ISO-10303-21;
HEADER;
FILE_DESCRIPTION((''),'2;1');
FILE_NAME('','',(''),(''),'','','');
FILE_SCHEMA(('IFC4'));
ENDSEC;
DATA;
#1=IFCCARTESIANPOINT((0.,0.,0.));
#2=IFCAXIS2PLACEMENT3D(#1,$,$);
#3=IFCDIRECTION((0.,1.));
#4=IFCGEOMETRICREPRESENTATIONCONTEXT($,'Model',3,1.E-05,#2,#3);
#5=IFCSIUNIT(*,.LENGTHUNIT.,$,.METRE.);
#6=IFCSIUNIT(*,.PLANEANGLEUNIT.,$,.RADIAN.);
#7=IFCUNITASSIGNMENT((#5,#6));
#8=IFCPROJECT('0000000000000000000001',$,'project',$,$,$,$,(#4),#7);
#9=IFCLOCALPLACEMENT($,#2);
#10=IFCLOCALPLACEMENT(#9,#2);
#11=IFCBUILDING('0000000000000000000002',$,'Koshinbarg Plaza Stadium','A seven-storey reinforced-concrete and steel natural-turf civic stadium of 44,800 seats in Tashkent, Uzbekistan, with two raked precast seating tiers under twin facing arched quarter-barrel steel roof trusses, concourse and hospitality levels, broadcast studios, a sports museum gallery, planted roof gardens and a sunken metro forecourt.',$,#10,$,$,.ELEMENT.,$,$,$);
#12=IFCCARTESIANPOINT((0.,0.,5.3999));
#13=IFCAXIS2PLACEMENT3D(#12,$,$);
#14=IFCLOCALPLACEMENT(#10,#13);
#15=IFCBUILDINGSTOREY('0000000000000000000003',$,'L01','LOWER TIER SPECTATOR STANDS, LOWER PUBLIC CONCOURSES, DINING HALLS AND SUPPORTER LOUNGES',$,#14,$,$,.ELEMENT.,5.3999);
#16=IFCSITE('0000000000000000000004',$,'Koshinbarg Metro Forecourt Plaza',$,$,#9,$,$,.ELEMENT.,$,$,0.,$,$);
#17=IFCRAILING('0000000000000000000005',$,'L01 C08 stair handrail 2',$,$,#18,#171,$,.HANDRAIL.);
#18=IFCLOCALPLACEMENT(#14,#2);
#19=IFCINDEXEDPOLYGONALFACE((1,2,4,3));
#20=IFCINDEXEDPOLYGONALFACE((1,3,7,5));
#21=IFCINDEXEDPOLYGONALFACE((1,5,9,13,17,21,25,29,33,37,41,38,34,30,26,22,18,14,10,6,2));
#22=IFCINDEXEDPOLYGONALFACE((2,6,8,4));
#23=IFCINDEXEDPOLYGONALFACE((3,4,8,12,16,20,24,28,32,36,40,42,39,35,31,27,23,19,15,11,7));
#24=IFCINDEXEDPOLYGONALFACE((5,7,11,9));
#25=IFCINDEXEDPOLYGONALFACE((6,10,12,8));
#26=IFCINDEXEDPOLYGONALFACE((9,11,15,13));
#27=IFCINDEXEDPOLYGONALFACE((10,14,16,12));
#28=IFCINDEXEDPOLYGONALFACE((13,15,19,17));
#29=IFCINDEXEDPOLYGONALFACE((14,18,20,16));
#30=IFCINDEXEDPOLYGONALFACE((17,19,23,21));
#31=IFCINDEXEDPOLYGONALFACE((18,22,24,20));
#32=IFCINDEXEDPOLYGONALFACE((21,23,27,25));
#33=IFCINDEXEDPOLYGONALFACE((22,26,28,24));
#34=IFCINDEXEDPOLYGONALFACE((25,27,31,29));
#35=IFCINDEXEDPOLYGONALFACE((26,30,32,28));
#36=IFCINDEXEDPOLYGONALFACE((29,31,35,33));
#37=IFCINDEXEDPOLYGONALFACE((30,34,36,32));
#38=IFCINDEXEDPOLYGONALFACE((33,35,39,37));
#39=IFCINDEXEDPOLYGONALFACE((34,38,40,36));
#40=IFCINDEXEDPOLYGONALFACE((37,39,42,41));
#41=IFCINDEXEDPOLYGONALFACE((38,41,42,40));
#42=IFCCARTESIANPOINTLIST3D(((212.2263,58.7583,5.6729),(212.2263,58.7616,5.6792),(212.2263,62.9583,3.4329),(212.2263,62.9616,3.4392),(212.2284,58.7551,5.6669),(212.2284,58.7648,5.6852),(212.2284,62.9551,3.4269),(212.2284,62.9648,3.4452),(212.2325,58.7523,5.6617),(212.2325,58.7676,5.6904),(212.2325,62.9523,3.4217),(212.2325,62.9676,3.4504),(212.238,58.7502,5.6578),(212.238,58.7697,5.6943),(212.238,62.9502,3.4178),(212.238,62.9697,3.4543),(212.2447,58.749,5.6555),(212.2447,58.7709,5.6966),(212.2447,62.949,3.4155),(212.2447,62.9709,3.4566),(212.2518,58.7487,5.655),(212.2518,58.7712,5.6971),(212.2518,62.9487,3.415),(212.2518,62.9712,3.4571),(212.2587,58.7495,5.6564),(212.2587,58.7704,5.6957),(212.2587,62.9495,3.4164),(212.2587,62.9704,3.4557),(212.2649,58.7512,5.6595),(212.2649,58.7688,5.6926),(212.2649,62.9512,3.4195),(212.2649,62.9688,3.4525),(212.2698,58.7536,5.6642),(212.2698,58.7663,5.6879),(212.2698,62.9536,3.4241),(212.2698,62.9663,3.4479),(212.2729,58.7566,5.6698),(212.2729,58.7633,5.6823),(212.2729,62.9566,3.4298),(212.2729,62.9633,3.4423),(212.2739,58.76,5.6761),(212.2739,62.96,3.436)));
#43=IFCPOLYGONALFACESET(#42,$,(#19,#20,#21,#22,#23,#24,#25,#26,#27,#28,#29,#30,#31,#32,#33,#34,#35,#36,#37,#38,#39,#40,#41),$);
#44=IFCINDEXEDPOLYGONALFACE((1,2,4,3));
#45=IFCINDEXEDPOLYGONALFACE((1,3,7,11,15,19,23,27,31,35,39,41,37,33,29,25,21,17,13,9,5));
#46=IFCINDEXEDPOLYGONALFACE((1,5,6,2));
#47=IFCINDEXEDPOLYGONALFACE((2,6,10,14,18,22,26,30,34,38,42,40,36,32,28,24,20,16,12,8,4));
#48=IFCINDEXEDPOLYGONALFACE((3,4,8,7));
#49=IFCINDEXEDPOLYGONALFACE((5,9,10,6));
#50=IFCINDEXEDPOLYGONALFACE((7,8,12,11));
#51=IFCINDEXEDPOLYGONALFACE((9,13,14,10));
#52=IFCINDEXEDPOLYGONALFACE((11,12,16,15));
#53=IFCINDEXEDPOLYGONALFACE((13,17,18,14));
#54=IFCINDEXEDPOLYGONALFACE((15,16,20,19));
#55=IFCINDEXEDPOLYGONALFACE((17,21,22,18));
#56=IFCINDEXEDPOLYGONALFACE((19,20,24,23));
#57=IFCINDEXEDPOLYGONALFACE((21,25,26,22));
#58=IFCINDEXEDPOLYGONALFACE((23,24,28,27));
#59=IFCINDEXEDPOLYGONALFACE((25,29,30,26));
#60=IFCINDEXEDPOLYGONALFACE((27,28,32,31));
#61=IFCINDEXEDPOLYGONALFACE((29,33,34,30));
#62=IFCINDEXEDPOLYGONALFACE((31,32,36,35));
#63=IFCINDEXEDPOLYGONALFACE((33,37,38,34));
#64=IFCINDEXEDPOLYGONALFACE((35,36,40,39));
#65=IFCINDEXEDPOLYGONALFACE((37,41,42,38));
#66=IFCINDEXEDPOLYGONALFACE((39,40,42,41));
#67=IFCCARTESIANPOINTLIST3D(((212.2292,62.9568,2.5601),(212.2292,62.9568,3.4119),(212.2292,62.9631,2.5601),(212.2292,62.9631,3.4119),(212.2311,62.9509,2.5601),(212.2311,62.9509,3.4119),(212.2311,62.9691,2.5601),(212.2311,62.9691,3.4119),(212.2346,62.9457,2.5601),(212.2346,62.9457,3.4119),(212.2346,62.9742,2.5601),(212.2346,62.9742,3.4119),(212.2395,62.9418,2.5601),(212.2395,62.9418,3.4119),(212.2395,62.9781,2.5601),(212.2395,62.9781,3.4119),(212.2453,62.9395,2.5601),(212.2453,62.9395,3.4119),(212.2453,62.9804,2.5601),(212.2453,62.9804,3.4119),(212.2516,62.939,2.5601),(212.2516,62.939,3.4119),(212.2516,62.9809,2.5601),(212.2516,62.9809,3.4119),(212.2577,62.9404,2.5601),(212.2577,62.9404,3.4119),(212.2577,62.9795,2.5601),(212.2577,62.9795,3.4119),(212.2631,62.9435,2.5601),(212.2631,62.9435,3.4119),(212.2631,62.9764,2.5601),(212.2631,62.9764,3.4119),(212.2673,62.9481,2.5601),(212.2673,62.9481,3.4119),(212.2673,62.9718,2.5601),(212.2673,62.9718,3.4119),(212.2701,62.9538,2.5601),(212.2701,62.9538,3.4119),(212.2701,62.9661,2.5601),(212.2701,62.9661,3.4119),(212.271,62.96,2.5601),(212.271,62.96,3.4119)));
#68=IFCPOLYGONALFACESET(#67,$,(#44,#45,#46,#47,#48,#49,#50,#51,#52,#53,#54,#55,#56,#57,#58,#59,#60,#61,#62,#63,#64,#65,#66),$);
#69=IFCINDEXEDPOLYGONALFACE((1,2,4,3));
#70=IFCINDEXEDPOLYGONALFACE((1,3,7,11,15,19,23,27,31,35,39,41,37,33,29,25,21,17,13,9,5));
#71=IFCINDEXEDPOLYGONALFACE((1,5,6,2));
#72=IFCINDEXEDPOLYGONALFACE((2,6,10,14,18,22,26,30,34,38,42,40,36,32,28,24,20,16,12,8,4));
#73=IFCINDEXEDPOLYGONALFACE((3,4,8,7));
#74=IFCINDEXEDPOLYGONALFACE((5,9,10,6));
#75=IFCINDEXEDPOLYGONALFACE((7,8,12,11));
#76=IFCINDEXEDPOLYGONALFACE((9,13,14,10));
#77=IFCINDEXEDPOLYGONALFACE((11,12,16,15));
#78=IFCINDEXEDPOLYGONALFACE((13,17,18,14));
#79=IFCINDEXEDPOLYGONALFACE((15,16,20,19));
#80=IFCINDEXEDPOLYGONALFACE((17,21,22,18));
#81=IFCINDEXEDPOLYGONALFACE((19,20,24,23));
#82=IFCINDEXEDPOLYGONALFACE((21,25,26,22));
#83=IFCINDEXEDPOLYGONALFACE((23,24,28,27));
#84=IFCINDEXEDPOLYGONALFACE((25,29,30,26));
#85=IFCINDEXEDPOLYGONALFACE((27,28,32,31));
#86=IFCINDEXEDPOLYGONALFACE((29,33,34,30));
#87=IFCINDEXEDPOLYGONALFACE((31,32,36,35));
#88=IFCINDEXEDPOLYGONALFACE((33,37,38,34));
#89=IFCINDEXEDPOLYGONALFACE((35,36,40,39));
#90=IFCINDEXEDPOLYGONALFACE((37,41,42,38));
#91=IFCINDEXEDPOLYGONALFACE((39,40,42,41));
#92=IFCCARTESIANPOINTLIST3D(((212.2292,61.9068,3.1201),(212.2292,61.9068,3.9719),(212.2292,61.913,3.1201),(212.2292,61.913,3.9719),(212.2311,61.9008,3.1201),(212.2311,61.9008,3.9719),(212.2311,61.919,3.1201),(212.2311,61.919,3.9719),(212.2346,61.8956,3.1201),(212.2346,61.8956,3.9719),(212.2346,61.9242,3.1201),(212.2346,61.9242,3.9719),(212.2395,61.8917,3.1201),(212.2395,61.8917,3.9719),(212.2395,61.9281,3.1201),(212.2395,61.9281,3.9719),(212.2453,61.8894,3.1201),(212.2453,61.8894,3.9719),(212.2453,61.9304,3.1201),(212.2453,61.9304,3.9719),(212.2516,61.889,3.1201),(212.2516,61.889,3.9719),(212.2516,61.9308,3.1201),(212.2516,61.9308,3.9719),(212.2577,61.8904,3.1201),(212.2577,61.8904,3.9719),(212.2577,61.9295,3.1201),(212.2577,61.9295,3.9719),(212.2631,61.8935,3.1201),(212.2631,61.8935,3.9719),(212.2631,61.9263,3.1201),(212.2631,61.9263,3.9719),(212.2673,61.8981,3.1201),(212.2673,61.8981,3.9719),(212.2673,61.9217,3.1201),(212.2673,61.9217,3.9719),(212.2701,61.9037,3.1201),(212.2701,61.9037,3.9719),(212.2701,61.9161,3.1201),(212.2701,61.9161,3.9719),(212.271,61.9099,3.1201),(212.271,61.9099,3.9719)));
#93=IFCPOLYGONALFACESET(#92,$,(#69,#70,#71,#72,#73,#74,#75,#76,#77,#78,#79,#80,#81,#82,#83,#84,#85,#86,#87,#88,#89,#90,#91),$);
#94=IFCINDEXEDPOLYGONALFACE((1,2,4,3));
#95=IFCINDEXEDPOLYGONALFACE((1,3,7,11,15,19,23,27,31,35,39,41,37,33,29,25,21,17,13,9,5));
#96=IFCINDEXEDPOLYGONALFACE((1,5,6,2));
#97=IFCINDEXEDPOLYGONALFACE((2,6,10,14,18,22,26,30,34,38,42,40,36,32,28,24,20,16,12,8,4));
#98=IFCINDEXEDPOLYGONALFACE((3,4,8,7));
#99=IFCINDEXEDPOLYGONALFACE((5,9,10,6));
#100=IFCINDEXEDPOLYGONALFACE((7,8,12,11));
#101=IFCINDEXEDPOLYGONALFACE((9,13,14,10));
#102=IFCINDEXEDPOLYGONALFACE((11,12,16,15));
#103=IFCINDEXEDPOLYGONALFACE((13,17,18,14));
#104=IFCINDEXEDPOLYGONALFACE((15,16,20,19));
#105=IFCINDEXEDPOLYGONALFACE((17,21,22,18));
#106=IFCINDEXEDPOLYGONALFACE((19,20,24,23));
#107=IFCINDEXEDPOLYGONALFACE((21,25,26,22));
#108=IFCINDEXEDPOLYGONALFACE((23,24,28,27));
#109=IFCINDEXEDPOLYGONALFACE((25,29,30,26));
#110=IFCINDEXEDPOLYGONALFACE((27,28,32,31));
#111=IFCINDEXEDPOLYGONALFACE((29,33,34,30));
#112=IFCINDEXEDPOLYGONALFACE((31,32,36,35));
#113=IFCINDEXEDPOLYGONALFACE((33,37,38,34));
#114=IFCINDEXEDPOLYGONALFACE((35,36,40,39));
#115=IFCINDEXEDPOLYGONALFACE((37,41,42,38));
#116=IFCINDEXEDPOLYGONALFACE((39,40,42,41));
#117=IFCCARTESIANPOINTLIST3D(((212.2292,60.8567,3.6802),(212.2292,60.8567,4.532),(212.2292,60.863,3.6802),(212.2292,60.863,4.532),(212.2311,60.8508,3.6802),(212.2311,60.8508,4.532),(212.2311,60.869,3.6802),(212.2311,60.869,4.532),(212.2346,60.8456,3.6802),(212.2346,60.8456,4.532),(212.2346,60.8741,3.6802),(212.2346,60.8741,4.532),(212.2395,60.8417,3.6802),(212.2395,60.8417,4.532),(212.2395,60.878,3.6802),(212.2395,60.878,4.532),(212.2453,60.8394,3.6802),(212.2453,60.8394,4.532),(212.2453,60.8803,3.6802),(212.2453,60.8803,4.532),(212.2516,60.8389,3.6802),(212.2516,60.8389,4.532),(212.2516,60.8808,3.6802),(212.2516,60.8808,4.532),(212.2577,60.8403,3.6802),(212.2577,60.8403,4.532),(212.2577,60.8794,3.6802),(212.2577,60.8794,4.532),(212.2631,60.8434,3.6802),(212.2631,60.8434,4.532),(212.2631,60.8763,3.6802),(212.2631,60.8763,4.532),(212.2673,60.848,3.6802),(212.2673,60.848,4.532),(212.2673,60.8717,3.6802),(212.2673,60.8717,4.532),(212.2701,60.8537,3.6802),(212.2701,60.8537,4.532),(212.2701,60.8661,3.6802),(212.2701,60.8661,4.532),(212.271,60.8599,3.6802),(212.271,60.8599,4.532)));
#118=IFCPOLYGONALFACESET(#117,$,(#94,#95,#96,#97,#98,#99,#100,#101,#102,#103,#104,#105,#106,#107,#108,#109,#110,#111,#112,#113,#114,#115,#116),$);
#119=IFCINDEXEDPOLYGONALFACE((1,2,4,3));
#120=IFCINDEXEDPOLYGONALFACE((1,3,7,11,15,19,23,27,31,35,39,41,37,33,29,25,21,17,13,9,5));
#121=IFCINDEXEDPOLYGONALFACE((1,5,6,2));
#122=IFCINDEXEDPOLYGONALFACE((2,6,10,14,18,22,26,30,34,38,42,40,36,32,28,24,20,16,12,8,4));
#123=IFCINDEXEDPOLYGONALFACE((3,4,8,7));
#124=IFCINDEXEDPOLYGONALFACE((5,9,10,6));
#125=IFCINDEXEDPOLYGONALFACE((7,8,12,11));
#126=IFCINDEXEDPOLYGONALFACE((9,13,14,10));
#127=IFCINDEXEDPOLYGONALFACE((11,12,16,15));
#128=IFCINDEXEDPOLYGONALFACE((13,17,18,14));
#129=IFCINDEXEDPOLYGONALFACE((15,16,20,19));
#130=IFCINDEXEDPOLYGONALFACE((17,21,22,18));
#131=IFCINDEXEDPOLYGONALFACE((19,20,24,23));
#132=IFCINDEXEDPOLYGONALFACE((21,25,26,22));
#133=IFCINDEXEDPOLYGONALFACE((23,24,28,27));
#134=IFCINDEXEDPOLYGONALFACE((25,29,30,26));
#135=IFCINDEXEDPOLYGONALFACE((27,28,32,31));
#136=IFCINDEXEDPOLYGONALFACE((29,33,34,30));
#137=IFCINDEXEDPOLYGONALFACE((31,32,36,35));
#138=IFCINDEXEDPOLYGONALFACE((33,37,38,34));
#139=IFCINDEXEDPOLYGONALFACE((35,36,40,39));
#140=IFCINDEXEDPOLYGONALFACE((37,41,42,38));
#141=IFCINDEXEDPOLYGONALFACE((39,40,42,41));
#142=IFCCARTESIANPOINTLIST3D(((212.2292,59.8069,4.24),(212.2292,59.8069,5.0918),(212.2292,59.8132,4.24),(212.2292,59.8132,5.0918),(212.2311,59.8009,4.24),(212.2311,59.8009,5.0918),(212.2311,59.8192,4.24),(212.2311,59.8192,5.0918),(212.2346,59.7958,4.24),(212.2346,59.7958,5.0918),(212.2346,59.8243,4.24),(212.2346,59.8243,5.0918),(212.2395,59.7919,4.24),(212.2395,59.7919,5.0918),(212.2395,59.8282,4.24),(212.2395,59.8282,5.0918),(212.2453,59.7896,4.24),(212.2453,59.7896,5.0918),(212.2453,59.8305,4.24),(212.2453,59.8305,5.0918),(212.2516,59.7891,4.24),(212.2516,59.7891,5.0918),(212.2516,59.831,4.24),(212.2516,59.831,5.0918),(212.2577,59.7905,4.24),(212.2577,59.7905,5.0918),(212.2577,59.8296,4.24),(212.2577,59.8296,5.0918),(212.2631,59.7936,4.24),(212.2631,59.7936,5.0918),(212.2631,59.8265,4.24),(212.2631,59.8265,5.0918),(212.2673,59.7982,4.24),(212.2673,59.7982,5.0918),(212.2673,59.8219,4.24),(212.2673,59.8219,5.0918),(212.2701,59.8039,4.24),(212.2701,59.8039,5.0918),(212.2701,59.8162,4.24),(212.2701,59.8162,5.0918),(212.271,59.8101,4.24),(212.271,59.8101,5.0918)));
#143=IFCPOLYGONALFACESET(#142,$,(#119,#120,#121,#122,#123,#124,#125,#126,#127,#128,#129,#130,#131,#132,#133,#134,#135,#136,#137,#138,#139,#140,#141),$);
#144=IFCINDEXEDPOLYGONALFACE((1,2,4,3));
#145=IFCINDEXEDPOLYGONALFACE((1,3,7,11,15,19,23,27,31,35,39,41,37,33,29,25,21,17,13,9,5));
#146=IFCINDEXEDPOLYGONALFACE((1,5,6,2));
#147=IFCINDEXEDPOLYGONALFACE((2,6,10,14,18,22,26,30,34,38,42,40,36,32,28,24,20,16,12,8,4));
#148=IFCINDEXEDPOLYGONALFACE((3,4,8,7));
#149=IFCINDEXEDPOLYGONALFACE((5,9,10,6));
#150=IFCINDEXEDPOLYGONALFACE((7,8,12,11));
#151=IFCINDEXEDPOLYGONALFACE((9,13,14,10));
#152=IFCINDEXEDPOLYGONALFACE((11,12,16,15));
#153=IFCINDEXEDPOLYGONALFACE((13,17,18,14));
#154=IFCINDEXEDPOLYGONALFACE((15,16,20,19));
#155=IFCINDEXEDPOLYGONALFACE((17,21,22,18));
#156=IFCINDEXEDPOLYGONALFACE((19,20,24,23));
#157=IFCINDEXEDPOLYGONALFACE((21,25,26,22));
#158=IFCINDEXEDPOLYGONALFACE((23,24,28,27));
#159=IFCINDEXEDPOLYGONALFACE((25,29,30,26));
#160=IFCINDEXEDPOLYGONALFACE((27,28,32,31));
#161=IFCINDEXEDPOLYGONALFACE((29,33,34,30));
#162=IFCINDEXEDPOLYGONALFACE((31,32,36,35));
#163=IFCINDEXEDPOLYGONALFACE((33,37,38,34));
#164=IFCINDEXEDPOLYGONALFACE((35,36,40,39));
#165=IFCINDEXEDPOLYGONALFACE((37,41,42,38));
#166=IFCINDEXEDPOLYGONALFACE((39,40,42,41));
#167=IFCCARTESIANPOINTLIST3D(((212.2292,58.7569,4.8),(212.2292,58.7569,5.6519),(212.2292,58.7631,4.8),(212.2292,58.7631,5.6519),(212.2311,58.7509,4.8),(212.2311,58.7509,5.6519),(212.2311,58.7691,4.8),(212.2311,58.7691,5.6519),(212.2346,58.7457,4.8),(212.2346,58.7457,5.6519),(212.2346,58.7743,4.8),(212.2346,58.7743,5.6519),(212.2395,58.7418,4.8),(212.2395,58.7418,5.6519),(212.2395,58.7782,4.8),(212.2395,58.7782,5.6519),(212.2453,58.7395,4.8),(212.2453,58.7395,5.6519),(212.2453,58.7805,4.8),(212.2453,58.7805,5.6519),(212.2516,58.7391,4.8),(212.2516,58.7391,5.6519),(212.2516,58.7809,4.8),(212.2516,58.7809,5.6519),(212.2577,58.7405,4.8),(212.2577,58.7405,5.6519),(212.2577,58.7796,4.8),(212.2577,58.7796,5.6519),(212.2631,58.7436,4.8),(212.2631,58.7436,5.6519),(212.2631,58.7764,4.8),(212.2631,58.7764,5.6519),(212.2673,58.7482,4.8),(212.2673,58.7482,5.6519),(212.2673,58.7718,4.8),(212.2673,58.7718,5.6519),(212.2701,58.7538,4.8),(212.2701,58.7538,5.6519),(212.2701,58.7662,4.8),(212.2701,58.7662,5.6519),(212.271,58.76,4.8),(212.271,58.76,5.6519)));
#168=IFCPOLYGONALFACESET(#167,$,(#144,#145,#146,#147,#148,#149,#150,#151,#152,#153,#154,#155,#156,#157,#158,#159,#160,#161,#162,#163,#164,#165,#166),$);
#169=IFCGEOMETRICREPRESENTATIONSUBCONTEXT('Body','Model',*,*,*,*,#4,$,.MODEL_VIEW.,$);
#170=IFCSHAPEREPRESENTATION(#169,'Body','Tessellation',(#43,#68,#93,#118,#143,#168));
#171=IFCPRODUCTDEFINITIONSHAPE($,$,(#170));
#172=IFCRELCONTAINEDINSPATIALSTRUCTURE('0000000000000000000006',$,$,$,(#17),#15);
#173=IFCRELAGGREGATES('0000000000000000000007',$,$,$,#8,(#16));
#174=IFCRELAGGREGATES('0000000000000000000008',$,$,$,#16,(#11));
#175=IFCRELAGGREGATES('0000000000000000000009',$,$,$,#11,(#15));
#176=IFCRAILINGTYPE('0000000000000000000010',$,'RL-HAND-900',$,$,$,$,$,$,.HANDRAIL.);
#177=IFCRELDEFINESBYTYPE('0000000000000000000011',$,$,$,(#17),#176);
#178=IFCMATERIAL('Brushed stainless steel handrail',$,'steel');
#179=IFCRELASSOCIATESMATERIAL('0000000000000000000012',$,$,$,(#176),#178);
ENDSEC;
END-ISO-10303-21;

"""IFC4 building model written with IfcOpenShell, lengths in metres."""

from ifc_helpers import new_model, si_unit, direction, frame, origin, origin_2d, place, context, subcontext, project, spatial, circle, extrude, material, type_object, element, save


model = new_model("IFC4")

# Units and contexts
model_context = context("Model", 3, precision=1e-05, world=origin(), true_north=direction((0.0, 1.0)))
body_context = subcontext(model_context, "Body", "Model", "MODEL_VIEW")
ifc_project = project(units=[si_unit("LENGTHUNIT", "METRE"), si_unit("PLANEANGLEUNIT", "RADIAN")], contexts=[model_context])

# Site, building, storey
site_placement = place(None, origin())
site = spatial("IfcSite", under=ifc_project, at=site_placement, Name="Koshinbarg Metro Forecourt Plaza", CompositionType="ELEMENT", RefElevation=0.0)
building_placement = place(site_placement, origin())
building = spatial("IfcBuilding", under=site, at=building_placement, Name="Koshinbarg Plaza Stadium", Description="A seven-storey reinforced-concrete and steel natural-turf civic stadium of 44,800 seats in Tashkent, Uzbekistan, with two raked precast seating tiers under twin facing arched quarter-barrel steel roof trusses, concourse and hospitality levels, broadcast studios, a sports museum gallery, planted roof gardens and a sunken metro forecourt.", CompositionType="ELEMENT")
storey_placement = place(building_placement, frame((0.0, 0.0, 5.3999)))
storey = spatial("IfcBuildingStorey", under=building, at=storey_placement, Name="L01", Description="LOWER TIER SPECTATOR STANDS, LOWER PUBLIC CONCOURSES, DINING HALLS AND SUPPORTER LOUNGES", CompositionType="ELEMENT", Elevation=5.3999)

# Railing
ifc_material_1 = material(Name="Brushed stainless steel handrail", Category="steel")
railing_type_1 = type_object("IfcRailingType", Name="RL-HAND-900", PredefinedType="HANDRAIL", material=ifc_material_1)
railing_1_placement = place(storey_placement, frame((212.25, 62.96, 2.5601)))
element("IfcRailing", 1, at=railing_1_placement, inside=storey, type_object=railing_type_1, Name="L01 C08 stair handrail 2", PredefinedType="HANDRAIL", context=body_context, shape_type="SweptSolid", body=[
    extrude(circle(Radius=0.0239, at=origin_2d()), frame((0.0, 0.0, 0.876), z_axis=(0.0, -0.882352, 0.470591), x_axis=(1.0, 0.0, 0.0)), (0.0, 0.0, 1.0), 4.76),
    extrude(circle(Radius=0.021, at=origin_2d()), origin(), (0.0, 0.0, 1.0), 0.8518),
    extrude(circle(Radius=0.021, at=origin_2d()), frame((0.0, -1.05, 0.5601)), (0.0, 0.0, 1.0), 0.8518),
    extrude(circle(Radius=0.021, at=origin_2d()), frame((0.0, -2.1001, 1.1201)), (0.0, 0.0, 1.0), 0.8518),
    extrude(circle(Radius=0.021, at=origin_2d()), frame((0.0, -3.1499, 1.6799)), (0.0, 0.0, 1.0), 0.8518),
    extrude(circle(Radius=0.021, at=origin_2d()), frame((0.0, -4.2, 2.24)), (0.0, 0.0, 1.0), 0.8518),
])

save(model, "model.ifc")
